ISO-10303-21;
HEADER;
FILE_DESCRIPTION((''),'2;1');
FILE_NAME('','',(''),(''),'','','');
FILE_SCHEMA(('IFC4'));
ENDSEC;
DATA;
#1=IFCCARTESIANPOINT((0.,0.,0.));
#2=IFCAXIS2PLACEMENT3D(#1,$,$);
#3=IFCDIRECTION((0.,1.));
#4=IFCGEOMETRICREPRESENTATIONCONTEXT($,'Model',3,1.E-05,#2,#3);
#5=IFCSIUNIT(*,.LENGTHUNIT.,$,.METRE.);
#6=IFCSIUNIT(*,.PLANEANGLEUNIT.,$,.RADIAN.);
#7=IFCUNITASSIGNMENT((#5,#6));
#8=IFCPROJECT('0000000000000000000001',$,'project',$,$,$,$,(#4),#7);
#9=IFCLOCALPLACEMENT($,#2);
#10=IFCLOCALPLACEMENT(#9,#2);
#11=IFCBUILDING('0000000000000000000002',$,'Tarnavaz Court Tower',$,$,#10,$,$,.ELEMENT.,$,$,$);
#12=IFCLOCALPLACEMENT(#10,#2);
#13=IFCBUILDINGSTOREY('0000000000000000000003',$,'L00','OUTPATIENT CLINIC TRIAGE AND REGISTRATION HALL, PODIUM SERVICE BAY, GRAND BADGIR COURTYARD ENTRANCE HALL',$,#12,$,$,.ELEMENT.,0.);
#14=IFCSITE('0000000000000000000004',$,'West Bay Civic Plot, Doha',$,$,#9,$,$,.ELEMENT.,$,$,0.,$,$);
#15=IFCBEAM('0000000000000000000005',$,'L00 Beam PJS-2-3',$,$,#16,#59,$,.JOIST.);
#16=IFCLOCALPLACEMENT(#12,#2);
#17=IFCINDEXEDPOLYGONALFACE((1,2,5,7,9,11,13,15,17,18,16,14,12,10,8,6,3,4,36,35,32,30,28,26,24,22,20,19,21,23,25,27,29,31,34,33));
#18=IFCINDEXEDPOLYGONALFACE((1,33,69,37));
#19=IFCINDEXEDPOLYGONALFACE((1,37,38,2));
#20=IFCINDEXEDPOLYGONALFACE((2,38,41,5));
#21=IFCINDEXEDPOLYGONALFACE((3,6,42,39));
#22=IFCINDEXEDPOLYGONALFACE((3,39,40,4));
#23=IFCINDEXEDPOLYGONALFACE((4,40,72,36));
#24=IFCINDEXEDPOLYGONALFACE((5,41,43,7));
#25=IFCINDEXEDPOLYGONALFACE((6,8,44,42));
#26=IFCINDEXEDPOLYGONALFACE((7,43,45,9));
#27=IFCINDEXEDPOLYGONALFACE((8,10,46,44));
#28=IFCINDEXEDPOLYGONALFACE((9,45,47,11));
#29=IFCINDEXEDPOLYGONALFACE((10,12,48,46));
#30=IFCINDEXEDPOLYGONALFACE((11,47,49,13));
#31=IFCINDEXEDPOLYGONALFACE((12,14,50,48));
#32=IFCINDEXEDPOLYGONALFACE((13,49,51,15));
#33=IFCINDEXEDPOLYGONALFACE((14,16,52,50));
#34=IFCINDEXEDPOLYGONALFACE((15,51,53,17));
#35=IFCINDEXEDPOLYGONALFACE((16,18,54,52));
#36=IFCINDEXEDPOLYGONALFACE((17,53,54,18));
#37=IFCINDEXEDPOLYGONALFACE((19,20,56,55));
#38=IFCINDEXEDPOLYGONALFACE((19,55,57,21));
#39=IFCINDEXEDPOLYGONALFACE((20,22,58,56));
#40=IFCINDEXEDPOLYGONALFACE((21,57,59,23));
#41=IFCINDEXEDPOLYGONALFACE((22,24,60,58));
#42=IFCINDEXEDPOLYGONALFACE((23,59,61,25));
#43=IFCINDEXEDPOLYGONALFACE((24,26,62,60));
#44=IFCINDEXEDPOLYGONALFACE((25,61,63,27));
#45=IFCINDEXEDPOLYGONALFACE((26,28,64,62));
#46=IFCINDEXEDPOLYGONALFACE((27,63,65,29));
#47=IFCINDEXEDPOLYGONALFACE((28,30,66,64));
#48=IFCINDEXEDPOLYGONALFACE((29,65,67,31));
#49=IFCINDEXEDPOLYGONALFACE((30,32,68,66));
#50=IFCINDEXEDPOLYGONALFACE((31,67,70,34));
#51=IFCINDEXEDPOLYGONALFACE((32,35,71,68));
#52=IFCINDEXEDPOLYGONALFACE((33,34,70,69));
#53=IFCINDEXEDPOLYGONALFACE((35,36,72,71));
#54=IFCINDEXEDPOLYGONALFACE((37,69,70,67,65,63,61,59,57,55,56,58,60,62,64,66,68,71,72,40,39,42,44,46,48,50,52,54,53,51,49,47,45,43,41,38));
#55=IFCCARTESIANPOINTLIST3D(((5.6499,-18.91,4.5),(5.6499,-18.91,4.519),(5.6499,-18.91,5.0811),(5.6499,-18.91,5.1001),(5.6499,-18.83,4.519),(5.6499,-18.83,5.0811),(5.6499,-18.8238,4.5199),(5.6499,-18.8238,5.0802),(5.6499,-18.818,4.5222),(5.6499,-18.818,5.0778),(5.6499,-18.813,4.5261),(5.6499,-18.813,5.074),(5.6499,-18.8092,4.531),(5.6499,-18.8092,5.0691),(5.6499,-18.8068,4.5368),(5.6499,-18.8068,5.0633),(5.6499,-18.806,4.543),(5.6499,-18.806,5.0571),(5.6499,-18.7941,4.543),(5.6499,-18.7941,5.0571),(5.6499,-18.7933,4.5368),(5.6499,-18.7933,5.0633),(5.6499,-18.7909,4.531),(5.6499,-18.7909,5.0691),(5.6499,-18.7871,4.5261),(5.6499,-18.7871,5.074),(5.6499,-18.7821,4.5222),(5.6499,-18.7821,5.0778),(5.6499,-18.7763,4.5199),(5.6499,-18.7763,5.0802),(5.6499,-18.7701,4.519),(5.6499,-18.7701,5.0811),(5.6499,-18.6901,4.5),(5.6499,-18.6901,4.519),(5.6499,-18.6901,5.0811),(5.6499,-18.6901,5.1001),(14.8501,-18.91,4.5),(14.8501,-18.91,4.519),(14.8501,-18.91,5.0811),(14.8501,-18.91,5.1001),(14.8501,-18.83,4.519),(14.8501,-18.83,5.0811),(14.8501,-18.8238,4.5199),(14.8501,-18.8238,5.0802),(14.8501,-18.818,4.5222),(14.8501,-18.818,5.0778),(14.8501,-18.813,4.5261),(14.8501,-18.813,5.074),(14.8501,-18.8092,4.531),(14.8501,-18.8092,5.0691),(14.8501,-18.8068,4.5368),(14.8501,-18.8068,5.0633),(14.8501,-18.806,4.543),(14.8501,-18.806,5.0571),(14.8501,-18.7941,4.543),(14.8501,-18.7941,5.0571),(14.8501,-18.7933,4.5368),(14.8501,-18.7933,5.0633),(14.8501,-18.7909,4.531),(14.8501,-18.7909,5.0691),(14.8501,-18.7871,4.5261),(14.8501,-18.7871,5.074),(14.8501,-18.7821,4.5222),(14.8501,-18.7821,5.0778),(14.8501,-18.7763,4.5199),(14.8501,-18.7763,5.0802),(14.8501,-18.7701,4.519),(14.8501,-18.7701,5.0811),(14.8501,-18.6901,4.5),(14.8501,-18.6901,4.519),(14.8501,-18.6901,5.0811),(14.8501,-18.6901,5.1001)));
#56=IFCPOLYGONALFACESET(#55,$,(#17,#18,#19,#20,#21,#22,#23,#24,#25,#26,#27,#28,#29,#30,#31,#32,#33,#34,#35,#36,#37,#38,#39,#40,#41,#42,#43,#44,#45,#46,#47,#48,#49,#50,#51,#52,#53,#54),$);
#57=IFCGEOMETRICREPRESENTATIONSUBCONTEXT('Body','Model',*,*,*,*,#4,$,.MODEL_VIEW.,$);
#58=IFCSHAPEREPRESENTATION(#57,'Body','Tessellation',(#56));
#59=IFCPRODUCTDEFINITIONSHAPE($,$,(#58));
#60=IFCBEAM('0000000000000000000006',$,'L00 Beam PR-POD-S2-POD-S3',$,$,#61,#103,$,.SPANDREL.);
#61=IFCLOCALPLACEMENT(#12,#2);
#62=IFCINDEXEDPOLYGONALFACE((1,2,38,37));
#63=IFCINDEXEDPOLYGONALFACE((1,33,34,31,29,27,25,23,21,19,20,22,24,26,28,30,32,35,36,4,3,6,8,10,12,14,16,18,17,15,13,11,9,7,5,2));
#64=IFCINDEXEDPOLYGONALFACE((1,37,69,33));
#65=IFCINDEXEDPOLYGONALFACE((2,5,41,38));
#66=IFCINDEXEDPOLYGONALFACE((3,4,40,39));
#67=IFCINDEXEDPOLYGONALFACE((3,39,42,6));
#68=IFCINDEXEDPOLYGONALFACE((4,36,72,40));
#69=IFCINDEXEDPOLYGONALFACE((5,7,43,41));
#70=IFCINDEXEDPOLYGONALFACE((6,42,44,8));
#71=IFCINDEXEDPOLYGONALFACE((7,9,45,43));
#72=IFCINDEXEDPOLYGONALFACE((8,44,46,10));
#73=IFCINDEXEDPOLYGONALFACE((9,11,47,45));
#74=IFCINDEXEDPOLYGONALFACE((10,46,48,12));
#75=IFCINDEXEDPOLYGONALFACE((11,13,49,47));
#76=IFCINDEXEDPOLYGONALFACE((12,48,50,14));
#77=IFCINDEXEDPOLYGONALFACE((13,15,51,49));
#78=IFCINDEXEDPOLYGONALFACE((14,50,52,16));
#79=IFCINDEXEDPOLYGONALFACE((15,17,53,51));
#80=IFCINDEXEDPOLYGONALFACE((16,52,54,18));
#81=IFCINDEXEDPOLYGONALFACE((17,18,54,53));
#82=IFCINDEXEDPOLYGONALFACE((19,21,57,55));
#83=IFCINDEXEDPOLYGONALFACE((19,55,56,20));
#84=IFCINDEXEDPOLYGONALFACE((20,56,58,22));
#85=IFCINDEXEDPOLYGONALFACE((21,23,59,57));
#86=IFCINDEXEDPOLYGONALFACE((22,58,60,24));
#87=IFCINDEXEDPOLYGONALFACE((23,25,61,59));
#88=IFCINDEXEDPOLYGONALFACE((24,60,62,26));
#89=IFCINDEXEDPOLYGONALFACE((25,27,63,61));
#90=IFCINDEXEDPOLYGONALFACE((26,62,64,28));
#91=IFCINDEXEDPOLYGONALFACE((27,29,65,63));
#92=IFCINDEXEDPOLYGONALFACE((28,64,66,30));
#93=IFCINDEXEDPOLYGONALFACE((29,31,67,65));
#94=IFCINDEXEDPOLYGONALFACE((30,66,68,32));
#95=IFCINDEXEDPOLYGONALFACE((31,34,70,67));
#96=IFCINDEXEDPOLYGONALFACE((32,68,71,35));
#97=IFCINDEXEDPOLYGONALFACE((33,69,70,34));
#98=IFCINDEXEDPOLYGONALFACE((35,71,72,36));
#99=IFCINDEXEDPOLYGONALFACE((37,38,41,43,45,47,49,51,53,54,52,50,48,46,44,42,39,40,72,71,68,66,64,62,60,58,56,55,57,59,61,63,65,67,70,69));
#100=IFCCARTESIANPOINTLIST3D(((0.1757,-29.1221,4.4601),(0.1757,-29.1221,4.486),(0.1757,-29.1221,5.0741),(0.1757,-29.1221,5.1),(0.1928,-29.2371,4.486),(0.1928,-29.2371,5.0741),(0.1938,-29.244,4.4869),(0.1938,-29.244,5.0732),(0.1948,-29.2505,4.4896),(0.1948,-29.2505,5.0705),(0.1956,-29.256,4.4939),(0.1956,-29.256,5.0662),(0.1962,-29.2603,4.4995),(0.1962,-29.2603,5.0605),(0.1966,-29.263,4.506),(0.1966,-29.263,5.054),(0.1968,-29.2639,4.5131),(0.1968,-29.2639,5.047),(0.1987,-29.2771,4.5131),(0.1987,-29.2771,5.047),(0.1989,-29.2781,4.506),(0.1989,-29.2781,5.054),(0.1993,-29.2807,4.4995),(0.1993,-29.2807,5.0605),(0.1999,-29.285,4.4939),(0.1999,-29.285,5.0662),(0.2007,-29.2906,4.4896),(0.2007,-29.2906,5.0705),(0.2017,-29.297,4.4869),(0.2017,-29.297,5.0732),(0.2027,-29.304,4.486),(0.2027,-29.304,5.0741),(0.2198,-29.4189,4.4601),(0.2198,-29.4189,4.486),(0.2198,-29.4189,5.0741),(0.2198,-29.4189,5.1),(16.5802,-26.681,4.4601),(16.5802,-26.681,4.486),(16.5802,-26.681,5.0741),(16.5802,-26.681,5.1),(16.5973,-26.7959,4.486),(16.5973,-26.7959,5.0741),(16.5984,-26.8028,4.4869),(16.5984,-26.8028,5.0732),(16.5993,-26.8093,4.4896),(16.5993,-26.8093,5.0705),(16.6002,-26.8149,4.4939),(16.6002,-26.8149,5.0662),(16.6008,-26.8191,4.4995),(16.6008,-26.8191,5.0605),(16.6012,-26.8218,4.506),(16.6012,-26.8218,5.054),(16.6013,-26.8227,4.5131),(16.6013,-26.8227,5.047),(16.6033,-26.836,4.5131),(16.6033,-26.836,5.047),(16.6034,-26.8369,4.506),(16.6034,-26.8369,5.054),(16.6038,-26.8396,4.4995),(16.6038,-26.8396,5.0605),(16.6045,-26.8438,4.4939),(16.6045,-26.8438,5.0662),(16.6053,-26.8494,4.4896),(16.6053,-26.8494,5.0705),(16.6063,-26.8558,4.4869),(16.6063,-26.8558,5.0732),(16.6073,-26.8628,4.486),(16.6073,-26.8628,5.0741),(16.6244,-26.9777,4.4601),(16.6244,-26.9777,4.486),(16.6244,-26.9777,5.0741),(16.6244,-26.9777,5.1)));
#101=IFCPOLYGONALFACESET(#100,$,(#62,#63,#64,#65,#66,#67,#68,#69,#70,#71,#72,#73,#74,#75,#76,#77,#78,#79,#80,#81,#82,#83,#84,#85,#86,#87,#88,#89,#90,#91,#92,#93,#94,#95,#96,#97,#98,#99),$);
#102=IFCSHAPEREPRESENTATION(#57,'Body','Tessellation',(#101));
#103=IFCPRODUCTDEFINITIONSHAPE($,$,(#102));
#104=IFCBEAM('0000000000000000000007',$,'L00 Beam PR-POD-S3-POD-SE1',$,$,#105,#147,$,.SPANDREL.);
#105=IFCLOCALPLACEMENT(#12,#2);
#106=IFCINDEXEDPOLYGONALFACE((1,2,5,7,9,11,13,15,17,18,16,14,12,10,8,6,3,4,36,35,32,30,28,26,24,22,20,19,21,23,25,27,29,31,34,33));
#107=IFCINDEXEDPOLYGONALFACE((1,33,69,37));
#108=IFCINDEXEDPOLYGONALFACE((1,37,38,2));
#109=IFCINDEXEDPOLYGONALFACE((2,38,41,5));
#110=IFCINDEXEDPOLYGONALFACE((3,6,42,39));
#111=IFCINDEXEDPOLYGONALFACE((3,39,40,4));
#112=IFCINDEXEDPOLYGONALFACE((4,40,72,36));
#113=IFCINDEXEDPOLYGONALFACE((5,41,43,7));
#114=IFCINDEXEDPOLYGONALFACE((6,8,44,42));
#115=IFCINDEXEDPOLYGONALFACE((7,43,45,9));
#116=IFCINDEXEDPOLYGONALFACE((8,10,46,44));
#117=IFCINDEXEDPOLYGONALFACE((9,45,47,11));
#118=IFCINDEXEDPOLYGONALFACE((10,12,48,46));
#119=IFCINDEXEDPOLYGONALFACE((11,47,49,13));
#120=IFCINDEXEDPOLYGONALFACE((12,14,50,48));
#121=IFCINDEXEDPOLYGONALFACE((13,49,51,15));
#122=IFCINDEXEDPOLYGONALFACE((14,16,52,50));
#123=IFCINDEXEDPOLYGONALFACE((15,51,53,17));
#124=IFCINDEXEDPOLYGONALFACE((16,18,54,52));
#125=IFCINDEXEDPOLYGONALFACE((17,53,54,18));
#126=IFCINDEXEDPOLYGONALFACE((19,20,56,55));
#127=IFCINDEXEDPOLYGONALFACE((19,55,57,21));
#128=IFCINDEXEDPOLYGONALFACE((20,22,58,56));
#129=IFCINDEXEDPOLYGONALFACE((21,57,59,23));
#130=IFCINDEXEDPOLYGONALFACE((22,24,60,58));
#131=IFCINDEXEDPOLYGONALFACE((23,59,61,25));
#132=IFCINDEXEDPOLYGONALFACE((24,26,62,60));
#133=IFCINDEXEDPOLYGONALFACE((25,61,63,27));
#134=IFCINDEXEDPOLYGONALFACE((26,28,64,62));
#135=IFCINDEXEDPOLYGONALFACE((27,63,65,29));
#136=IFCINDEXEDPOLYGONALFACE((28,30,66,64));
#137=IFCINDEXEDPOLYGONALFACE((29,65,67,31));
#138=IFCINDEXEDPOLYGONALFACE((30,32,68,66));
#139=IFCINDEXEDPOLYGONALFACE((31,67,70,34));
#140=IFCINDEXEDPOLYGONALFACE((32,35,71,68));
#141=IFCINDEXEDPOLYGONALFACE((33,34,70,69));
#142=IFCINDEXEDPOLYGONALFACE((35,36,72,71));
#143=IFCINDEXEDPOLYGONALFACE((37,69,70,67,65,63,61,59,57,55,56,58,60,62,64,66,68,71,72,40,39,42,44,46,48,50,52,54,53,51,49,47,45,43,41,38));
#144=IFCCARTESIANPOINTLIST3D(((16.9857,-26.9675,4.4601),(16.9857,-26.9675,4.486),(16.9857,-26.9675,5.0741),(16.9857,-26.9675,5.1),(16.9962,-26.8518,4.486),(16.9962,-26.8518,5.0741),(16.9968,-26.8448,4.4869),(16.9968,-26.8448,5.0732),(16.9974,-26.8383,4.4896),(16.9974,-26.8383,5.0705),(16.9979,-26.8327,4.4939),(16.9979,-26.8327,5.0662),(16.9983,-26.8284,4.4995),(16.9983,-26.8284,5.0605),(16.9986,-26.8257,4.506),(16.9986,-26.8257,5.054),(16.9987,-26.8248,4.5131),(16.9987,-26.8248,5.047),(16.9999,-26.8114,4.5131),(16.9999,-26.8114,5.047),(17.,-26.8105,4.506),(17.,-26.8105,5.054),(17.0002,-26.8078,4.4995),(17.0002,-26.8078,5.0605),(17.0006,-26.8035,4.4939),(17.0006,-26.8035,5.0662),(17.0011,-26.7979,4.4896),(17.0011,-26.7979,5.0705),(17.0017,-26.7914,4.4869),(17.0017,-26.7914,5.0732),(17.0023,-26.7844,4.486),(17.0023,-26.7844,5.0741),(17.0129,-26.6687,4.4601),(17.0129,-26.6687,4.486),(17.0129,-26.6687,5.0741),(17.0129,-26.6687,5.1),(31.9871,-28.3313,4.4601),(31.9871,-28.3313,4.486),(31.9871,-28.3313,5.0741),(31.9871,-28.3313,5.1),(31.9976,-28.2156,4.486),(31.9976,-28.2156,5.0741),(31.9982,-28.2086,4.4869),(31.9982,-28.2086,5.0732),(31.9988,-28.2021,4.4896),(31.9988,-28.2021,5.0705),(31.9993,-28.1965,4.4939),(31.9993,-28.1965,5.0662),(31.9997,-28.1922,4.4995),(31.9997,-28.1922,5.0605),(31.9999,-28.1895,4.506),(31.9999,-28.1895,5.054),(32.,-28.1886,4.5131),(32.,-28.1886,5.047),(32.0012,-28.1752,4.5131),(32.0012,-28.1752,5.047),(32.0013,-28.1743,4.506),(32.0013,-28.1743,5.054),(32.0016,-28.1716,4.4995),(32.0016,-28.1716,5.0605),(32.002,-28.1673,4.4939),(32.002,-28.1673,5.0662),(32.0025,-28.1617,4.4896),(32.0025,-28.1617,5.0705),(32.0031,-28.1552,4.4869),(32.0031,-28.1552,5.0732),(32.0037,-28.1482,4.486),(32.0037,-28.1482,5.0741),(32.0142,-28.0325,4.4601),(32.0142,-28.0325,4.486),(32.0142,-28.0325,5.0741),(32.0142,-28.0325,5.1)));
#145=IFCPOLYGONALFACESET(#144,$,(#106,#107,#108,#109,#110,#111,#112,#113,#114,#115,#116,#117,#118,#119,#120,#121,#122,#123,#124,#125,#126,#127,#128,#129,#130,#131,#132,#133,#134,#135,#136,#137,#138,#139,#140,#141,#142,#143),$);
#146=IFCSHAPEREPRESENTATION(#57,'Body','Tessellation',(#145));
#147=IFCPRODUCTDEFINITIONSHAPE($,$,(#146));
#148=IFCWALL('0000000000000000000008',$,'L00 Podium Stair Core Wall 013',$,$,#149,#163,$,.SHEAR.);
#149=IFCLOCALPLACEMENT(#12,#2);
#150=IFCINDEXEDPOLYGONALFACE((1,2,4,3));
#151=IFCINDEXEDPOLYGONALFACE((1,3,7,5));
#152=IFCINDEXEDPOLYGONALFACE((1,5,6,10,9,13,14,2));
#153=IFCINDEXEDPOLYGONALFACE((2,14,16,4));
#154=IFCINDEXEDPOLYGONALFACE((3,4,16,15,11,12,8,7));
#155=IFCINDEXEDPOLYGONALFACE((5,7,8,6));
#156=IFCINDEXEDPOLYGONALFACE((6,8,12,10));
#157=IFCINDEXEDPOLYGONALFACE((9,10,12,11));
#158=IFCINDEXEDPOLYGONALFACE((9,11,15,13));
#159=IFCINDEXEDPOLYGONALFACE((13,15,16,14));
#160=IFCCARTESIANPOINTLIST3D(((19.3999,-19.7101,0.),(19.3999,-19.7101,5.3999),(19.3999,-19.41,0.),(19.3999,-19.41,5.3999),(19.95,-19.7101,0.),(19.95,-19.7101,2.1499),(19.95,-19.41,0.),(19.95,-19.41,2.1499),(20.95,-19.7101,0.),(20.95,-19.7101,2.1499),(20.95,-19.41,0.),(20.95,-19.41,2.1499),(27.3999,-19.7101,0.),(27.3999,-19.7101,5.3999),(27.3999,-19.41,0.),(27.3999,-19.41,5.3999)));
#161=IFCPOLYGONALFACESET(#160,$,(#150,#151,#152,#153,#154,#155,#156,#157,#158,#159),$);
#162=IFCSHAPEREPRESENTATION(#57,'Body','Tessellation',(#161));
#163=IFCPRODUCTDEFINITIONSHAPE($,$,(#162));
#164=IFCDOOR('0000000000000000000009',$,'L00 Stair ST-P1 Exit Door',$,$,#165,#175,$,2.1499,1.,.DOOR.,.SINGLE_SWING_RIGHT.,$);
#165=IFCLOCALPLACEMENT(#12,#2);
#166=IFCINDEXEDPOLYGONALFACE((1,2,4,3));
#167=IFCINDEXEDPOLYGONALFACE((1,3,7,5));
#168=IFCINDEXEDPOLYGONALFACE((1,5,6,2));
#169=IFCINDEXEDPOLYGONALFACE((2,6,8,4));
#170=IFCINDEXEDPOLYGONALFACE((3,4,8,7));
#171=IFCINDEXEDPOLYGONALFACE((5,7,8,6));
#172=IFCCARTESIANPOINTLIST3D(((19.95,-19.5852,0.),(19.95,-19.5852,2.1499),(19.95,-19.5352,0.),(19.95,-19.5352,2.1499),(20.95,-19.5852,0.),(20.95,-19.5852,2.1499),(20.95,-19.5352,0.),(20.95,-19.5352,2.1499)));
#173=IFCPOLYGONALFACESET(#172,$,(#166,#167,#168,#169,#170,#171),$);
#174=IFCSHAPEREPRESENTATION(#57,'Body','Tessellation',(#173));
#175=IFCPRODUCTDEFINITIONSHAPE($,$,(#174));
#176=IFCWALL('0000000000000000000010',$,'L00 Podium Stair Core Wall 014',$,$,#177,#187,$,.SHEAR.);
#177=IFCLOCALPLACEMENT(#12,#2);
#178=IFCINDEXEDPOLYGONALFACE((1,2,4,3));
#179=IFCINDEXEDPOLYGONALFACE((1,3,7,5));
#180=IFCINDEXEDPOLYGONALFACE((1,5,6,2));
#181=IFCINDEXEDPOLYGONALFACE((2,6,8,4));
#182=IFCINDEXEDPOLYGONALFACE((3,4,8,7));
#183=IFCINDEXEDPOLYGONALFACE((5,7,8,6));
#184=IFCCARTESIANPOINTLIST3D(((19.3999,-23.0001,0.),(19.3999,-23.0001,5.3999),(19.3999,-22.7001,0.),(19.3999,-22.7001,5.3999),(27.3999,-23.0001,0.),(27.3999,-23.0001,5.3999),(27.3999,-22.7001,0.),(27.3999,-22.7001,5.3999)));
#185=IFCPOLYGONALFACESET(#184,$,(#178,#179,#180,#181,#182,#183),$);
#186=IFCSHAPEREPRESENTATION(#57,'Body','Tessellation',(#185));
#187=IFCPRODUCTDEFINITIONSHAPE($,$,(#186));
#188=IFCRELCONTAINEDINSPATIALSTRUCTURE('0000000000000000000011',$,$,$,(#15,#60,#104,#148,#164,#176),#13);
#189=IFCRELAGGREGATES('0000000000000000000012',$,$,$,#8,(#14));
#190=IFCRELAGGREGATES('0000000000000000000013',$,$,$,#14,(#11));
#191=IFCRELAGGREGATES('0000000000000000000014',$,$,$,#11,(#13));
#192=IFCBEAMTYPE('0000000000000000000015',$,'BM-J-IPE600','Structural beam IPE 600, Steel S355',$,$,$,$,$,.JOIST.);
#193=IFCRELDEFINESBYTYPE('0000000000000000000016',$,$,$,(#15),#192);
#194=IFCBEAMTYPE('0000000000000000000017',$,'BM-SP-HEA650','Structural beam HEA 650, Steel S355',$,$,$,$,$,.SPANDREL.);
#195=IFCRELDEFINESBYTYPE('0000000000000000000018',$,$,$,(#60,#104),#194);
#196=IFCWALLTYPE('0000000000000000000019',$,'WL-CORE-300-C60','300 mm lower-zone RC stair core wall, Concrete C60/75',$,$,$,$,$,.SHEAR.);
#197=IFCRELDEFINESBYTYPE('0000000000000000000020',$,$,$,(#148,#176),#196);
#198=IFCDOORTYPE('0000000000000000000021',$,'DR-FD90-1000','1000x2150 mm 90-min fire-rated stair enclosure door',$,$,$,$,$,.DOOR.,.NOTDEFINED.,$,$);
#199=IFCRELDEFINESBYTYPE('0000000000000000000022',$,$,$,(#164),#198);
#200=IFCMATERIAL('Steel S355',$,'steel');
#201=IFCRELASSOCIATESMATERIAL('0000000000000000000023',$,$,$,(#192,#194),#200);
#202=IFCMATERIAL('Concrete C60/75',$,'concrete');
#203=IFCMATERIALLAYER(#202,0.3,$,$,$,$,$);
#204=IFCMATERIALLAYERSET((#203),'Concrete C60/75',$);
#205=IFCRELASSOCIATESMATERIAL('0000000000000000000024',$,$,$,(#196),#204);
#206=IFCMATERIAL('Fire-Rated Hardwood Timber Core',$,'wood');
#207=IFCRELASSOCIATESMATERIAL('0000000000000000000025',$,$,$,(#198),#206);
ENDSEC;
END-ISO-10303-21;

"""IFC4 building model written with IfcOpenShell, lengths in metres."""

from ifc_helpers import new_model, si_unit, direction, frame, frame_2d, origin, origin_2d, place, context, subcontext, project, spatial, rectangle, i_section, extrude, material, layer, layer_set, material_profile, profile_set, type_object, element, fill, save


model = new_model("IFC4")

# Units and contexts
model_context = context("Model", 3, precision=1e-05, world=origin(), true_north=direction((0.0, 1.0)))
body_context = subcontext(model_context, "Body", "Model", "MODEL_VIEW")
ifc_project = project(units=[si_unit("LENGTHUNIT", "METRE"), si_unit("PLANEANGLEUNIT", "RADIAN")], contexts=[model_context])

# Site, building, storey
site_placement = place(None, origin())
site = spatial("IfcSite", under=ifc_project, at=site_placement, Name="West Bay Civic Plot, Doha", CompositionType="ELEMENT", RefElevation=0.0)
building_placement = place(site_placement, origin())
building = spatial("IfcBuilding", under=site, at=building_placement, Name="Tarnavaz Court Tower", CompositionType="ELEMENT")
storey_placement = place(building_placement, origin())
storey = spatial("IfcBuildingStorey", under=building, at=storey_placement, Name="L00", Description="OUTPATIENT CLINIC TRIAGE AND REGISTRATION HALL, PODIUM SERVICE BAY, GRAND BADGIR COURTYARD ENTRANCE HALL", CompositionType="ELEMENT", Elevation=0.0)

# Shared definitions
ifc_material_1 = material(Name="Concrete C60/75", Category="concrete")

# Beams
ifc_material_2 = material(Name="Steel S355", Category="steel")
ifc_material_profile_1 = material_profile(ifc_material_2, i_section(OverallWidth=0.22, OverallDepth=0.6001, WebThickness=0.012, FlangeThickness=0.019, FilletRadius=0.0239, at=origin_2d()), Name="IPE 600")
ifc_profile_set_1 = profile_set([ifc_material_profile_1], Name="Steel S355")
beam_type_1 = type_object("IfcBeamType", Name="BM-J-IPE600", Description="Structural beam IPE 600, Steel S355", PredefinedType="JOIST", material=ifc_profile_set_1)
for number, where, z_axis, x_axis, name in (
    (1, (5.6499, -18.8, 4.8), (1.0, 0.0, 0.0), (0.0, 1.0, 0.0), "L00 Beam PJS-2-3"),
):
    element("IfcBeam", number, at=place(storey_placement, frame(where, z_axis=z_axis, x_axis=x_axis)), inside=storey, type_object=beam_type_1, Name=name, PredefinedType="JOIST", context=body_context, shape_type="SweptSolid", body=[
        extrude(i_section(OverallWidth=0.22, OverallDepth=0.6001, WebThickness=0.012, FlangeThickness=0.019, FilletRadius=0.0239, at=origin_2d()), origin(), (0.0, 0.0, 1.0), 9.2002),
    ])
ifc_material_profile_2 = material_profile(ifc_material_2, i_section(OverallWidth=0.3, OverallDepth=0.6399, WebThickness=0.0134, FlangeThickness=0.0259, FilletRadius=0.0271, at=origin_2d()), Name="HEA 650")
ifc_profile_set_2 = profile_set([ifc_material_profile_2], Name="Steel S355")
beam_type_2 = type_object("IfcBeamType", Name="BM-SP-HEA650", Description="Structural beam HEA 650, Steel S355", PredefinedType="SPANDREL", material=ifc_profile_set_2)
beam_1_placement = place(storey_placement, frame((0.1978, -29.2705, 4.78), z_axis=(0.989108, 0.147189, 0.0), x_axis=(-0.147189, 0.989108, 0.0)))
element("IfcBeam", 2, at=beam_1_placement, inside=storey, type_object=beam_type_2, Name="L00 Beam PR-POD-S2-POD-S3", PredefinedType="SPANDREL", context=body_context, shape_type="SweptSolid", body=[
    extrude(i_section(OverallWidth=0.3, OverallDepth=0.6399, WebThickness=0.0134, FlangeThickness=0.0259, FilletRadius=0.0271, at=origin_2d()), origin(), (0.0, 0.0, 1.0), 16.5852),
])
beam_2_placement = place(storey_placement, frame((16.9993, -26.8181, 4.78), z_axis=(0.995893, -0.090536, 0.0), x_axis=(0.090536, 0.995893, 0.0)))
element("IfcBeam", 3, at=beam_2_placement, inside=storey, type_object=beam_type_2, Name="L00 Beam PR-POD-S3-POD-SE1", PredefinedType="SPANDREL", context=body_context, shape_type="SweptSolid", body=[
    extrude(i_section(OverallWidth=0.3, OverallDepth=0.6399, WebThickness=0.0134, FlangeThickness=0.0259, FilletRadius=0.0271, at=origin_2d()), origin(), (0.0, 0.0, 1.0), 15.0632),
])

# Wall, opening, door
ifc_layer_1 = layer(ifc_material_1, 0.3)
ifc_layer_set_1 = layer_set([ifc_layer_1], Name="Concrete C60/75")
wall_type_1 = type_object("IfcWallType", Name="WL-CORE-300-C60", Description="300 mm lower-zone RC stair core wall, Concrete C60/75", PredefinedType="SHEAR", material=ifc_layer_set_1)
wall_1_placement = place(storey_placement, frame((19.3999, -19.5601, 0.0), z_axis=(0.0, 0.0, 1.0), x_axis=(1.0, 0.0, 0.0)))
wall_1 = element("IfcWall", 4, at=wall_1_placement, inside=storey, type_object=wall_type_1, Name="L00 Podium Stair Core Wall 013", PredefinedType="SHEAR", context=body_context, shape_type="SweptSolid", body=[
    extrude(rectangle(XDim=8.0, YDim=0.3, at=frame_2d((4.0, 0.0))), origin(), (0.0, 0.0, 1.0), 5.3999),
])
opening_placement = place(wall_1_placement, frame((0.55, 0.0, 0.0)))
opening = element("IfcOpeningElement", 5, at=opening_placement, cuts=wall_1, PredefinedType="OPENING", context=body_context, shape_type="SweptSolid", body=[
    extrude(rectangle(XDim=1.0, YDim=2.1499, at=frame_2d((0.5, 1.075))), frame((0.0, 0.1599, 0.0), z_axis=(0.0, -1.0, 0.0), x_axis=(1.0, 0.0, 0.0)), (0.0, 0.0, 1.0), 0.3201),
])
ifc_material_3 = material(Name="Fire-Rated Hardwood Timber Core", Category="wood")
door_type = type_object("IfcDoorType", Name="DR-FD90-1000", Description="1000x2150 mm 90-min fire-rated stair enclosure door", OperationType="NOTDEFINED", PredefinedType="DOOR", material=ifc_material_3)
door_placement = place(opening_placement, origin())
door = element("IfcDoor", 6, at=door_placement, inside=storey, type_object=door_type, Name="L00 Stair ST-P1 Exit Door", OperationType="SINGLE_SWING_RIGHT", OverallHeight=2.1499, OverallWidth=1.0, PredefinedType="DOOR", context=body_context, shape_type="SweptSolid", body=[
    extrude(rectangle(XDim=1.0, YDim=2.1499, at=frame_2d((0.5, 1.075))), frame((0.0, 0.0249, 0.0), z_axis=(0.0, -1.0, 0.0), x_axis=(1.0, 0.0, 0.0)), (0.0, 0.0, 1.0), 0.05),
])
fill(opening, door)

# Wall
wall_2_placement = place(storey_placement, frame((19.3999, -22.8501, 0.0), z_axis=(0.0, 0.0, 1.0), x_axis=(1.0, 0.0, 0.0)))
element("IfcWall", 7, at=wall_2_placement, inside=storey, type_object=wall_type_1, Name="L00 Podium Stair Core Wall 014", PredefinedType="SHEAR", context=body_context, shape_type="SweptSolid", body=[
    extrude(rectangle(XDim=8.0, YDim=0.3, at=frame_2d((4.0, 0.0))), origin(), (0.0, 0.0, 1.0), 5.3999),
])

save(model, "model.ifc")
